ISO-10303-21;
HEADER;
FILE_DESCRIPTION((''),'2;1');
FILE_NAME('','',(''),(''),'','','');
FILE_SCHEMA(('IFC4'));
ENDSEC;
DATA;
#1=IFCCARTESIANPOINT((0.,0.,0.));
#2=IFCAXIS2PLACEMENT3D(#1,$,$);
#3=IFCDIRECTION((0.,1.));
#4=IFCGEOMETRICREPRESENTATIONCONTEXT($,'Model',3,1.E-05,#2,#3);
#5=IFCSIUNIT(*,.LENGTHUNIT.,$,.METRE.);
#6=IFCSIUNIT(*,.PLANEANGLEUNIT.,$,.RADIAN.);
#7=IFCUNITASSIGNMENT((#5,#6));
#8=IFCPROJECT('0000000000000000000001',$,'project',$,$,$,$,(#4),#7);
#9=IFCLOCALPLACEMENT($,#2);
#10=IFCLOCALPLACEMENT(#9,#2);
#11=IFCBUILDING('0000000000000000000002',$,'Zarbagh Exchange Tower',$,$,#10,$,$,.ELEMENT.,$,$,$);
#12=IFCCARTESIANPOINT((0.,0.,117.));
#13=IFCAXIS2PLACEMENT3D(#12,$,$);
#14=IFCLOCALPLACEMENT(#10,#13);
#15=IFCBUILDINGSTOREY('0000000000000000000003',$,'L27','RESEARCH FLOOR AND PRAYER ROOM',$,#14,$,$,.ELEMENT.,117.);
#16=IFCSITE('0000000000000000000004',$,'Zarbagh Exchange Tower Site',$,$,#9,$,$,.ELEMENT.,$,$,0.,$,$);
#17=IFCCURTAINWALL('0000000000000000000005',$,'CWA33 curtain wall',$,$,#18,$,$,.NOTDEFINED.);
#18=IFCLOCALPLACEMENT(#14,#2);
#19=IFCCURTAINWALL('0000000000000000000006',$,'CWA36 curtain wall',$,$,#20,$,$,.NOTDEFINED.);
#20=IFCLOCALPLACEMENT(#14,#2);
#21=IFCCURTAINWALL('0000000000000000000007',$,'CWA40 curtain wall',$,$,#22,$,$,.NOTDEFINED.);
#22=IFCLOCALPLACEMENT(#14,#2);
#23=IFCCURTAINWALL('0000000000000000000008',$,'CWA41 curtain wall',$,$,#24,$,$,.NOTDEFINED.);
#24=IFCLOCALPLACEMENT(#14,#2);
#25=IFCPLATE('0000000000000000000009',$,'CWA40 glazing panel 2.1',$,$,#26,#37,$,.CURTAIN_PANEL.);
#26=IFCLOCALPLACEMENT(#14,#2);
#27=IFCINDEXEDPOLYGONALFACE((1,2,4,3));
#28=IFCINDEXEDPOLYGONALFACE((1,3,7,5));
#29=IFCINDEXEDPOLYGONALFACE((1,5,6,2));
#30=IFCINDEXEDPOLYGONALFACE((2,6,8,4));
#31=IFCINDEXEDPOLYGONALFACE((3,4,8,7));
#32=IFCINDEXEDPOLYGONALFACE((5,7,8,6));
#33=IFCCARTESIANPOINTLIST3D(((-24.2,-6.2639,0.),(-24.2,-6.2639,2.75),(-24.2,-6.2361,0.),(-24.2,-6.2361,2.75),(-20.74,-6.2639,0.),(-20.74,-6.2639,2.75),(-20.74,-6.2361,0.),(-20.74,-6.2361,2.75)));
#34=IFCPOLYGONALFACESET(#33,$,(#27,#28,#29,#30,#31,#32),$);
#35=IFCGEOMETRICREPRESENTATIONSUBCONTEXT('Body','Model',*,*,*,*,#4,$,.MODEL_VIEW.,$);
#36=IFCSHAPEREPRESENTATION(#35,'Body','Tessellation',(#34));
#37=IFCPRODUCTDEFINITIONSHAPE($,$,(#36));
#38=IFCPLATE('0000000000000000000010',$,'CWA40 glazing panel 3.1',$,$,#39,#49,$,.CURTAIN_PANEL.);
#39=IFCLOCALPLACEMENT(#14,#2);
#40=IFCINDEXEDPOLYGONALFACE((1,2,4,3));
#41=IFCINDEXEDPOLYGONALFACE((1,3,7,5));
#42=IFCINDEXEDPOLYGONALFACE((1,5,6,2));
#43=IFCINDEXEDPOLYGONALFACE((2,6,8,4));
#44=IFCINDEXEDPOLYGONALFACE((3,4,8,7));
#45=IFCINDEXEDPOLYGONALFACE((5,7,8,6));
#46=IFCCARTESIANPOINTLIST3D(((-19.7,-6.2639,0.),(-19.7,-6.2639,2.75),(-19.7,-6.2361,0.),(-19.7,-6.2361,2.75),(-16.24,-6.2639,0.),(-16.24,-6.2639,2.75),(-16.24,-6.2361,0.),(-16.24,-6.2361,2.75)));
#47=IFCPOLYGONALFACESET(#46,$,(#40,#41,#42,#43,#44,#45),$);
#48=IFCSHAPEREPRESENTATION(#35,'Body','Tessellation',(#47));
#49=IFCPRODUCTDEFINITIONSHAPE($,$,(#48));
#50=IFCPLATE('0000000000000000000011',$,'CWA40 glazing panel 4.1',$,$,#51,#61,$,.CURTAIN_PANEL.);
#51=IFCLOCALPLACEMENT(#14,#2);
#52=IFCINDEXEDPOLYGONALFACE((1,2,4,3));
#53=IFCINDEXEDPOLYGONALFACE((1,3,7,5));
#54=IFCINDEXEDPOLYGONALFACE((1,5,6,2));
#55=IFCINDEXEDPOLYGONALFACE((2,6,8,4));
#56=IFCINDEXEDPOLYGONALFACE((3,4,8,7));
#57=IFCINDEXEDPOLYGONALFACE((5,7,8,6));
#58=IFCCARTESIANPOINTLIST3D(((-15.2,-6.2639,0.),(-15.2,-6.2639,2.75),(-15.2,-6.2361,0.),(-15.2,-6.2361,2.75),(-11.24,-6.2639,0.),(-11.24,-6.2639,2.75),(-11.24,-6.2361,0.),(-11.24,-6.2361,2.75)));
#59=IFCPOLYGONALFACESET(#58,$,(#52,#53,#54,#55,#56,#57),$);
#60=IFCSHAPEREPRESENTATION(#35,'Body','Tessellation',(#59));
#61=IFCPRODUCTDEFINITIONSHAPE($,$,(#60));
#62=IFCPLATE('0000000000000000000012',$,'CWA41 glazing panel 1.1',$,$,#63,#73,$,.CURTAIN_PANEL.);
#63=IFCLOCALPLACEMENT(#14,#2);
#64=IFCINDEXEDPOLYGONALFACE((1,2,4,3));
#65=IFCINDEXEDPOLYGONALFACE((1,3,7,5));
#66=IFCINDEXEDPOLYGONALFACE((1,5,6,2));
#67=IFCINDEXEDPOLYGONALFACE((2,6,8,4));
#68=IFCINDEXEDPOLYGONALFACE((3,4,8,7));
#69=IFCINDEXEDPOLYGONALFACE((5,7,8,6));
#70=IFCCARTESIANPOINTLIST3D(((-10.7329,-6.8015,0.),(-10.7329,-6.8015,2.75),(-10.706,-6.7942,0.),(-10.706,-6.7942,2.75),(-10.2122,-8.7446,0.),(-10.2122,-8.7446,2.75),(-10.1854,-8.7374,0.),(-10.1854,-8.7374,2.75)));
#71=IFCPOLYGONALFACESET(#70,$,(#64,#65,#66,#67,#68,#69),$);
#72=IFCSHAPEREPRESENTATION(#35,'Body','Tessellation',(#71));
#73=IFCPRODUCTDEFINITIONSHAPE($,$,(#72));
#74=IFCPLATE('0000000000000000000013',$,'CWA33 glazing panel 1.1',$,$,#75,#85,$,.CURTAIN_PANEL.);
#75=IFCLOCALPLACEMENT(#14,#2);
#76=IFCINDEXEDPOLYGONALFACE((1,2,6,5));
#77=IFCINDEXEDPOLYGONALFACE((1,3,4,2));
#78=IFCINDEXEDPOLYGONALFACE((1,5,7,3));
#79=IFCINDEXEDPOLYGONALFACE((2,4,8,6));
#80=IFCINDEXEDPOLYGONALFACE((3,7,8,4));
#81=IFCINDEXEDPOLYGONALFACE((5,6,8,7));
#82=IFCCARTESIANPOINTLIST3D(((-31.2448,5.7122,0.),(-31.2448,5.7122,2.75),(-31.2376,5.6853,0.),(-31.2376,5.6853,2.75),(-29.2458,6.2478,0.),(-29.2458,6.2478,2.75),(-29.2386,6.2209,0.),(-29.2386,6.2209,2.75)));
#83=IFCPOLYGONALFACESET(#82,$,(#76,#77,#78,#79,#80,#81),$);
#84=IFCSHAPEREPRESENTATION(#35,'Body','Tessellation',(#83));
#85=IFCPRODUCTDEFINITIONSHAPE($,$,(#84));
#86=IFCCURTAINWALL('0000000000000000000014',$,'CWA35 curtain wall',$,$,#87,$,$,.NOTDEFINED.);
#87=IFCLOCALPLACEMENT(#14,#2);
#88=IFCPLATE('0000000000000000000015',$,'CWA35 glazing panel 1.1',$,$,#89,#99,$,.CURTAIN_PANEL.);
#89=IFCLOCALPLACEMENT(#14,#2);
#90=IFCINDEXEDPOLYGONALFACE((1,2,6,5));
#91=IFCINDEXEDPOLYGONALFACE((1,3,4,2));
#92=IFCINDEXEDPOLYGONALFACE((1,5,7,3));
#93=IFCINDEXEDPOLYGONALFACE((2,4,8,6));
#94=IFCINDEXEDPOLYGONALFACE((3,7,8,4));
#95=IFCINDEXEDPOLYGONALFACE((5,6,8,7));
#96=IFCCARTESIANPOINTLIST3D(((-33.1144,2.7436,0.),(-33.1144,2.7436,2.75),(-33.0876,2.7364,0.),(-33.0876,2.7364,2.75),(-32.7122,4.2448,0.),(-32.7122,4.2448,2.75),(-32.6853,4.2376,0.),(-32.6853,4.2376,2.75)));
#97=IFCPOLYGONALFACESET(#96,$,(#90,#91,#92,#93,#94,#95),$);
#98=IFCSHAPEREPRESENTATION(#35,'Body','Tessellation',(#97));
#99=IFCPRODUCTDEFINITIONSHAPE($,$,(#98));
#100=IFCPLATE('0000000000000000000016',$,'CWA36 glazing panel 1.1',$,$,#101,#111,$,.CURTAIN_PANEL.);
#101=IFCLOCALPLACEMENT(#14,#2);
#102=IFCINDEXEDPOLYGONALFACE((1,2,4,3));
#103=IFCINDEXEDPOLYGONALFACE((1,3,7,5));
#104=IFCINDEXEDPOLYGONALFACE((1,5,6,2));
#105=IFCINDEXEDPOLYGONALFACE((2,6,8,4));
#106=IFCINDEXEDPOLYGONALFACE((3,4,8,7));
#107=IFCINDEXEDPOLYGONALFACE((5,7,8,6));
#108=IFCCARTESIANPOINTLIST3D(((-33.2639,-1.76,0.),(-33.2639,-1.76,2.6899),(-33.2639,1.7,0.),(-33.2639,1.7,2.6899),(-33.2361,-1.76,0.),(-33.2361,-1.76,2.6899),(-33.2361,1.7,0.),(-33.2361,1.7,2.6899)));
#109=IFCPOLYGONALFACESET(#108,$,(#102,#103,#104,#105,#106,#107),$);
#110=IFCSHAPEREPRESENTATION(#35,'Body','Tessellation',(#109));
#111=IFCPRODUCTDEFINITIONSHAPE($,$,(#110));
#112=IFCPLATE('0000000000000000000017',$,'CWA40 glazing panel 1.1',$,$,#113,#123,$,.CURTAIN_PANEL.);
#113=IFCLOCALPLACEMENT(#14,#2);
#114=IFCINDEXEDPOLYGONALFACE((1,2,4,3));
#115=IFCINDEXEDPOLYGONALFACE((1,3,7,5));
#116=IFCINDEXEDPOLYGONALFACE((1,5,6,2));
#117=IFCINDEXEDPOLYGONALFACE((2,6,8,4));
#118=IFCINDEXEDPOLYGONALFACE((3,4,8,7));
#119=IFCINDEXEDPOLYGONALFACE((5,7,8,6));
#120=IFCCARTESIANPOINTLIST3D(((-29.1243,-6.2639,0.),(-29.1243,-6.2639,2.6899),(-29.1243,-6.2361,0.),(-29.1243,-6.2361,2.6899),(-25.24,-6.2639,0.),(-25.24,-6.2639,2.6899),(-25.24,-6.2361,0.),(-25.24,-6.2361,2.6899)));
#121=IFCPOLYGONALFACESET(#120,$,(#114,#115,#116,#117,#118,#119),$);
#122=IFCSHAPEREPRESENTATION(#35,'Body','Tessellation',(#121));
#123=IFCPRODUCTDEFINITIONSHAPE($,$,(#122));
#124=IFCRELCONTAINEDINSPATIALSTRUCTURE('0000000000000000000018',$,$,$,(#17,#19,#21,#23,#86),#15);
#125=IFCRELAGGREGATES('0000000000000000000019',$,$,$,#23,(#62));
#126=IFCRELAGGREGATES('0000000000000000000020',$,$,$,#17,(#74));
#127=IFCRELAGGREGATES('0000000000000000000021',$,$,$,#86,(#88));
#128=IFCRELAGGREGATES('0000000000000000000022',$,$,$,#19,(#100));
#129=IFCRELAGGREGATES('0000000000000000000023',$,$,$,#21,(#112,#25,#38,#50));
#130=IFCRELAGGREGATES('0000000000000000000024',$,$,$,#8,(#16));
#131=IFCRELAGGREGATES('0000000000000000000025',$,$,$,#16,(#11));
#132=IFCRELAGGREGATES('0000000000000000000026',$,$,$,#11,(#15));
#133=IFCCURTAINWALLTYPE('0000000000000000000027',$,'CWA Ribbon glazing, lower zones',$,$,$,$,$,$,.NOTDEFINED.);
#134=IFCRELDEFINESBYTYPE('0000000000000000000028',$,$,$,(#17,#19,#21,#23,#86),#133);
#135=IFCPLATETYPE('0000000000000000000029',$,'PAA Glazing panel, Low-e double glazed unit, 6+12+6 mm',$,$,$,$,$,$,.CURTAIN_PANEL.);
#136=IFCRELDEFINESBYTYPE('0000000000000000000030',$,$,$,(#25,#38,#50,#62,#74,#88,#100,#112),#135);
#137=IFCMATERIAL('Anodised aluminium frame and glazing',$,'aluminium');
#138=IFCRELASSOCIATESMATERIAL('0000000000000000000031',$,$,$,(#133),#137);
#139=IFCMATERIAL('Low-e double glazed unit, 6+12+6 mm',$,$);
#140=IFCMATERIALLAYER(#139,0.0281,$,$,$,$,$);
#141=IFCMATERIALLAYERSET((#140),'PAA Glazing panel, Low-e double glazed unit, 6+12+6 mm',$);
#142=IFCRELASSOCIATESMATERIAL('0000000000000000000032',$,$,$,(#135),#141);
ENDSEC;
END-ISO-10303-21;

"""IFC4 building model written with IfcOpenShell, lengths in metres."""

from ifc_helpers import new_model, si_unit, direction, frame, origin, place, context, subcontext, project, spatial, polyline, outline, extrude, source, transform, mapped, material, layer, layer_set, type_object, element, aggregate, save


model = new_model("IFC4")

# Units and contexts
model_context = context("Model", 3, precision=1e-05, world=origin(), true_north=direction((0.0, 1.0)))
body_context = subcontext(model_context, "Body", "Model", "MODEL_VIEW")
ifc_project = project(units=[si_unit("LENGTHUNIT", "METRE"), si_unit("PLANEANGLEUNIT", "RADIAN")], contexts=[model_context])

# Site, building, storey
site_placement = place(None, origin())
site = spatial("IfcSite", under=ifc_project, at=site_placement, Name="Zarbagh Exchange Tower Site", CompositionType="ELEMENT", RefElevation=0.0)
building_placement = place(site_placement, origin())
building = spatial("IfcBuilding", under=site, at=building_placement, Name="Zarbagh Exchange Tower", CompositionType="ELEMENT")
storey_placement = place(building_placement, frame((0.0, 0.0, 117.0)))
storey = spatial("IfcBuildingStorey", under=building, at=storey_placement, Name="L27", Description="RESEARCH FLOOR AND PRAYER ROOM", CompositionType="ELEMENT", Elevation=117.0)

# Curtain walls
ifc_material_1 = material(Name="Anodised aluminium frame and glazing", Category="aluminium")
curtain_wall_type = type_object("IfcCurtainWallType", Name="CWA Ribbon glazing, lower zones", PredefinedType="NOTDEFINED", material=ifc_material_1)
curtain_wall_1_placement = place(storey_placement, origin())
curtain_wall_1 = element("IfcCurtainWall", 1, at=curtain_wall_1_placement, inside=storey, type_object=curtain_wall_type, Name="CWA33 curtain wall", PredefinedType="NOTDEFINED")
placement = place(storey_placement, origin())
curtain_wall_2_placement = place(storey_placement, origin())
curtain_wall_2 = element("IfcCurtainWall", 2, at=curtain_wall_2_placement, inside=storey, type_object=curtain_wall_type, Name="CWA36 curtain wall", PredefinedType="NOTDEFINED")

# Curtain wall
curtain_wall_3_placement = place(storey_placement, origin())
curtain_wall_3 = element("IfcCurtainWall", 3, at=curtain_wall_3_placement, inside=storey, type_object=curtain_wall_type, Name="CWA40 curtain wall", PredefinedType="NOTDEFINED")

# Curtain wall
curtain_wall_4_placement = place(storey_placement, origin())
curtain_wall_4 = element("IfcCurtainWall", 4, at=curtain_wall_4_placement, inside=storey, type_object=curtain_wall_type, Name="CWA41 curtain wall", PredefinedType="NOTDEFINED")

# Shared definitions
ifc_material_2 = material(Name="Low-e double glazed unit, 6+12+6 mm")
ifc_layer = layer(ifc_material_2, 0.0281)
ifc_layer_set = layer_set([ifc_layer], Name="PAA Glazing panel, Low-e double glazed unit, 6+12+6 mm")
plate_type = type_object("IfcPlateType", Name="PAA Glazing panel, Low-e double glazed unit, 6+12+6 mm", PredefinedType="CURTAIN_PANEL", material=ifc_layer_set)

# Plates
shared_shape_1 = source(origin(), body_context, "Body", "SweptSolid", [
    extrude(outline(polyline([(0.0, -0.0139), (3.46, -0.0139), (3.46, 0.0139), (0.0, 0.0139), (0.0, -0.0139)])), origin(), (0.0, 0.0, 1.0), 2.75),
])
plate_1 = element("IfcPlate", 5, at=placement, type_object=plate_type, Name="CWA40 glazing panel 2.1", PredefinedType="CURTAIN_PANEL", context=body_context, shape_type="MappedRepresentation", body=[
    mapped(shared_shape_1, transform((-24.2, -6.25, 0.0), x_axis=(1.0, 0.0, 0.0), y_axis=(0.0, 1.0, 0.0), z_axis=(0.0, 0.0, 1.0))),
])
plate_2 = element("IfcPlate", 6, at=placement, type_object=plate_type, Name="CWA40 glazing panel 3.1", PredefinedType="CURTAIN_PANEL", context=body_context, shape_type="MappedRepresentation", body=[
    mapped(shared_shape_1, transform((-19.7, -6.25, 0.0), x_axis=(1.0, 0.0, 0.0), y_axis=(0.0, 1.0, 0.0), z_axis=(0.0, 0.0, 1.0))),
])
shared_shape_2 = source(origin(), body_context, "Body", "SweptSolid", [
    extrude(outline(polyline([(0.0, -0.0139), (3.96, -0.0139), (3.96, 0.0139), (0.0, 0.0139), (0.0, -0.0139)])), origin(), (0.0, 0.0, 1.0), 2.75),
])
plate_3 = element("IfcPlate", 7, at=placement, type_object=plate_type, Name="CWA40 glazing panel 4.1", PredefinedType="CURTAIN_PANEL", context=body_context, shape_type="MappedRepresentation", body=[
    mapped(shared_shape_2, transform((-15.2, -6.25, 0.0), x_axis=(1.0, 0.0, 0.0), y_axis=(0.0, 1.0, 0.0), z_axis=(0.0, 0.0, 1.0))),
])
shared_shape_3 = source(origin(), body_context, "Body", "SweptSolid", [
    extrude(outline(polyline([(0.0, -0.0139), (2.0117, -0.0139), (2.0117, 0.0139), (0.0, 0.0139), (0.0, -0.0139)])), origin(), (0.0, 0.0, 1.0), 2.75),
])
plate_4 = element("IfcPlate", 8, at=placement, type_object=plate_type, Name="CWA41 glazing panel 1.1", PredefinedType="CURTAIN_PANEL", context=body_context, shape_type="MappedRepresentation", body=[
    mapped(shared_shape_3, transform((-10.7195, -6.7979, 0.0), x_axis=(0.258825, -0.965924, 0.0), y_axis=(0.965924, 0.258825, 0.0), z_axis=(0.0, 0.0, 1.0))),
])
aggregate(curtain_wall_4, [plate_4])
shared_shape_4 = source(origin(), body_context, "Body", "SweptSolid", [
    extrude(outline(polyline([(0.0, -0.0139), (2.0696, -0.0139), (2.0696, 0.0139), (0.0, 0.0139), (0.0, -0.0139)])), origin(), (0.0, 0.0, 1.0), 2.75),
])
plate_5 = element("IfcPlate", 9, at=placement, type_object=plate_type, Name="CWA33 glazing panel 1.1", PredefinedType="CURTAIN_PANEL", context=body_context, shape_type="MappedRepresentation", body=[
    mapped(shared_shape_4, transform((-29.2422, 6.2344, 0.0), x_axis=(-0.965924, -0.258825, 0.0), y_axis=(0.258825, -0.965924, 0.0), z_axis=(0.0, 0.0, 1.0))),
])
aggregate(curtain_wall_1, [plate_5])

# Curtain wall, plate
curtain_wall_5_placement = place(storey_placement, origin())
curtain_wall_5 = element("IfcCurtainWall", 10, at=curtain_wall_5_placement, inside=storey, type_object=curtain_wall_type, Name="CWA35 curtain wall", PredefinedType="NOTDEFINED")
shared_shape_5 = source(origin(), body_context, "Body", "SweptSolid", [
    extrude(outline(polyline([(0.0, -0.0139), (1.5542, -0.0139), (1.5542, 0.0139), (0.0, 0.0139), (0.0, -0.0139)])), origin(), (0.0, 0.0, 1.0), 2.75),
])
plate_6 = element("IfcPlate", 11, at=placement, type_object=plate_type, Name="CWA35 glazing panel 1.1", PredefinedType="CURTAIN_PANEL", context=body_context, shape_type="MappedRepresentation", body=[
    mapped(shared_shape_5, transform((-32.6987, 4.2412, 0.0), x_axis=(-0.258825, -0.965924, 0.0), y_axis=(0.965924, -0.258825, 0.0), z_axis=(0.0, 0.0, 1.0))),
])
aggregate(curtain_wall_5, [plate_6])

# Plates
shared_shape_6 = source(origin(), body_context, "Body", "SweptSolid", [
    extrude(outline(polyline([(0.0, -0.0139), (3.46, -0.0139), (3.46, 0.0139), (0.0, 0.0139), (0.0, -0.0139)])), origin(), (0.0, 0.0, 1.0), 2.6899),
])
plate_7 = element("IfcPlate", 12, at=placement, type_object=plate_type, Name="CWA36 glazing panel 1.1", PredefinedType="CURTAIN_PANEL", context=body_context, shape_type="MappedRepresentation", body=[
    mapped(shared_shape_6, transform((-33.25, 1.7, 0.0), x_axis=(0.0, -1.0, 0.0), y_axis=(1.0, 0.0, 0.0), z_axis=(0.0, 0.0, 1.0))),
])
aggregate(curtain_wall_2, [plate_7])
shared_shape_7 = source(origin(), body_context, "Body", "SweptSolid", [
    extrude(outline(polyline([(0.0, -0.0139), (3.8843, -0.0139), (3.8843, 0.0139), (0.0, 0.0139), (0.0, -0.0139)])), origin(), (0.0, 0.0, 1.0), 2.6899),
])
plate_8 = element("IfcPlate", 13, at=placement, type_object=plate_type, Name="CWA40 glazing panel 1.1", PredefinedType="CURTAIN_PANEL", context=body_context, shape_type="MappedRepresentation", body=[
    mapped(shared_shape_7, transform((-29.1243, -6.25, 0.0), x_axis=(1.0, 0.0, 0.0), y_axis=(0.0, 1.0, 0.0), z_axis=(0.0, 0.0, 1.0))),
])
aggregate(curtain_wall_3, [plate_8, plate_1, plate_2, plate_3])

save(model, "model.ifc")
